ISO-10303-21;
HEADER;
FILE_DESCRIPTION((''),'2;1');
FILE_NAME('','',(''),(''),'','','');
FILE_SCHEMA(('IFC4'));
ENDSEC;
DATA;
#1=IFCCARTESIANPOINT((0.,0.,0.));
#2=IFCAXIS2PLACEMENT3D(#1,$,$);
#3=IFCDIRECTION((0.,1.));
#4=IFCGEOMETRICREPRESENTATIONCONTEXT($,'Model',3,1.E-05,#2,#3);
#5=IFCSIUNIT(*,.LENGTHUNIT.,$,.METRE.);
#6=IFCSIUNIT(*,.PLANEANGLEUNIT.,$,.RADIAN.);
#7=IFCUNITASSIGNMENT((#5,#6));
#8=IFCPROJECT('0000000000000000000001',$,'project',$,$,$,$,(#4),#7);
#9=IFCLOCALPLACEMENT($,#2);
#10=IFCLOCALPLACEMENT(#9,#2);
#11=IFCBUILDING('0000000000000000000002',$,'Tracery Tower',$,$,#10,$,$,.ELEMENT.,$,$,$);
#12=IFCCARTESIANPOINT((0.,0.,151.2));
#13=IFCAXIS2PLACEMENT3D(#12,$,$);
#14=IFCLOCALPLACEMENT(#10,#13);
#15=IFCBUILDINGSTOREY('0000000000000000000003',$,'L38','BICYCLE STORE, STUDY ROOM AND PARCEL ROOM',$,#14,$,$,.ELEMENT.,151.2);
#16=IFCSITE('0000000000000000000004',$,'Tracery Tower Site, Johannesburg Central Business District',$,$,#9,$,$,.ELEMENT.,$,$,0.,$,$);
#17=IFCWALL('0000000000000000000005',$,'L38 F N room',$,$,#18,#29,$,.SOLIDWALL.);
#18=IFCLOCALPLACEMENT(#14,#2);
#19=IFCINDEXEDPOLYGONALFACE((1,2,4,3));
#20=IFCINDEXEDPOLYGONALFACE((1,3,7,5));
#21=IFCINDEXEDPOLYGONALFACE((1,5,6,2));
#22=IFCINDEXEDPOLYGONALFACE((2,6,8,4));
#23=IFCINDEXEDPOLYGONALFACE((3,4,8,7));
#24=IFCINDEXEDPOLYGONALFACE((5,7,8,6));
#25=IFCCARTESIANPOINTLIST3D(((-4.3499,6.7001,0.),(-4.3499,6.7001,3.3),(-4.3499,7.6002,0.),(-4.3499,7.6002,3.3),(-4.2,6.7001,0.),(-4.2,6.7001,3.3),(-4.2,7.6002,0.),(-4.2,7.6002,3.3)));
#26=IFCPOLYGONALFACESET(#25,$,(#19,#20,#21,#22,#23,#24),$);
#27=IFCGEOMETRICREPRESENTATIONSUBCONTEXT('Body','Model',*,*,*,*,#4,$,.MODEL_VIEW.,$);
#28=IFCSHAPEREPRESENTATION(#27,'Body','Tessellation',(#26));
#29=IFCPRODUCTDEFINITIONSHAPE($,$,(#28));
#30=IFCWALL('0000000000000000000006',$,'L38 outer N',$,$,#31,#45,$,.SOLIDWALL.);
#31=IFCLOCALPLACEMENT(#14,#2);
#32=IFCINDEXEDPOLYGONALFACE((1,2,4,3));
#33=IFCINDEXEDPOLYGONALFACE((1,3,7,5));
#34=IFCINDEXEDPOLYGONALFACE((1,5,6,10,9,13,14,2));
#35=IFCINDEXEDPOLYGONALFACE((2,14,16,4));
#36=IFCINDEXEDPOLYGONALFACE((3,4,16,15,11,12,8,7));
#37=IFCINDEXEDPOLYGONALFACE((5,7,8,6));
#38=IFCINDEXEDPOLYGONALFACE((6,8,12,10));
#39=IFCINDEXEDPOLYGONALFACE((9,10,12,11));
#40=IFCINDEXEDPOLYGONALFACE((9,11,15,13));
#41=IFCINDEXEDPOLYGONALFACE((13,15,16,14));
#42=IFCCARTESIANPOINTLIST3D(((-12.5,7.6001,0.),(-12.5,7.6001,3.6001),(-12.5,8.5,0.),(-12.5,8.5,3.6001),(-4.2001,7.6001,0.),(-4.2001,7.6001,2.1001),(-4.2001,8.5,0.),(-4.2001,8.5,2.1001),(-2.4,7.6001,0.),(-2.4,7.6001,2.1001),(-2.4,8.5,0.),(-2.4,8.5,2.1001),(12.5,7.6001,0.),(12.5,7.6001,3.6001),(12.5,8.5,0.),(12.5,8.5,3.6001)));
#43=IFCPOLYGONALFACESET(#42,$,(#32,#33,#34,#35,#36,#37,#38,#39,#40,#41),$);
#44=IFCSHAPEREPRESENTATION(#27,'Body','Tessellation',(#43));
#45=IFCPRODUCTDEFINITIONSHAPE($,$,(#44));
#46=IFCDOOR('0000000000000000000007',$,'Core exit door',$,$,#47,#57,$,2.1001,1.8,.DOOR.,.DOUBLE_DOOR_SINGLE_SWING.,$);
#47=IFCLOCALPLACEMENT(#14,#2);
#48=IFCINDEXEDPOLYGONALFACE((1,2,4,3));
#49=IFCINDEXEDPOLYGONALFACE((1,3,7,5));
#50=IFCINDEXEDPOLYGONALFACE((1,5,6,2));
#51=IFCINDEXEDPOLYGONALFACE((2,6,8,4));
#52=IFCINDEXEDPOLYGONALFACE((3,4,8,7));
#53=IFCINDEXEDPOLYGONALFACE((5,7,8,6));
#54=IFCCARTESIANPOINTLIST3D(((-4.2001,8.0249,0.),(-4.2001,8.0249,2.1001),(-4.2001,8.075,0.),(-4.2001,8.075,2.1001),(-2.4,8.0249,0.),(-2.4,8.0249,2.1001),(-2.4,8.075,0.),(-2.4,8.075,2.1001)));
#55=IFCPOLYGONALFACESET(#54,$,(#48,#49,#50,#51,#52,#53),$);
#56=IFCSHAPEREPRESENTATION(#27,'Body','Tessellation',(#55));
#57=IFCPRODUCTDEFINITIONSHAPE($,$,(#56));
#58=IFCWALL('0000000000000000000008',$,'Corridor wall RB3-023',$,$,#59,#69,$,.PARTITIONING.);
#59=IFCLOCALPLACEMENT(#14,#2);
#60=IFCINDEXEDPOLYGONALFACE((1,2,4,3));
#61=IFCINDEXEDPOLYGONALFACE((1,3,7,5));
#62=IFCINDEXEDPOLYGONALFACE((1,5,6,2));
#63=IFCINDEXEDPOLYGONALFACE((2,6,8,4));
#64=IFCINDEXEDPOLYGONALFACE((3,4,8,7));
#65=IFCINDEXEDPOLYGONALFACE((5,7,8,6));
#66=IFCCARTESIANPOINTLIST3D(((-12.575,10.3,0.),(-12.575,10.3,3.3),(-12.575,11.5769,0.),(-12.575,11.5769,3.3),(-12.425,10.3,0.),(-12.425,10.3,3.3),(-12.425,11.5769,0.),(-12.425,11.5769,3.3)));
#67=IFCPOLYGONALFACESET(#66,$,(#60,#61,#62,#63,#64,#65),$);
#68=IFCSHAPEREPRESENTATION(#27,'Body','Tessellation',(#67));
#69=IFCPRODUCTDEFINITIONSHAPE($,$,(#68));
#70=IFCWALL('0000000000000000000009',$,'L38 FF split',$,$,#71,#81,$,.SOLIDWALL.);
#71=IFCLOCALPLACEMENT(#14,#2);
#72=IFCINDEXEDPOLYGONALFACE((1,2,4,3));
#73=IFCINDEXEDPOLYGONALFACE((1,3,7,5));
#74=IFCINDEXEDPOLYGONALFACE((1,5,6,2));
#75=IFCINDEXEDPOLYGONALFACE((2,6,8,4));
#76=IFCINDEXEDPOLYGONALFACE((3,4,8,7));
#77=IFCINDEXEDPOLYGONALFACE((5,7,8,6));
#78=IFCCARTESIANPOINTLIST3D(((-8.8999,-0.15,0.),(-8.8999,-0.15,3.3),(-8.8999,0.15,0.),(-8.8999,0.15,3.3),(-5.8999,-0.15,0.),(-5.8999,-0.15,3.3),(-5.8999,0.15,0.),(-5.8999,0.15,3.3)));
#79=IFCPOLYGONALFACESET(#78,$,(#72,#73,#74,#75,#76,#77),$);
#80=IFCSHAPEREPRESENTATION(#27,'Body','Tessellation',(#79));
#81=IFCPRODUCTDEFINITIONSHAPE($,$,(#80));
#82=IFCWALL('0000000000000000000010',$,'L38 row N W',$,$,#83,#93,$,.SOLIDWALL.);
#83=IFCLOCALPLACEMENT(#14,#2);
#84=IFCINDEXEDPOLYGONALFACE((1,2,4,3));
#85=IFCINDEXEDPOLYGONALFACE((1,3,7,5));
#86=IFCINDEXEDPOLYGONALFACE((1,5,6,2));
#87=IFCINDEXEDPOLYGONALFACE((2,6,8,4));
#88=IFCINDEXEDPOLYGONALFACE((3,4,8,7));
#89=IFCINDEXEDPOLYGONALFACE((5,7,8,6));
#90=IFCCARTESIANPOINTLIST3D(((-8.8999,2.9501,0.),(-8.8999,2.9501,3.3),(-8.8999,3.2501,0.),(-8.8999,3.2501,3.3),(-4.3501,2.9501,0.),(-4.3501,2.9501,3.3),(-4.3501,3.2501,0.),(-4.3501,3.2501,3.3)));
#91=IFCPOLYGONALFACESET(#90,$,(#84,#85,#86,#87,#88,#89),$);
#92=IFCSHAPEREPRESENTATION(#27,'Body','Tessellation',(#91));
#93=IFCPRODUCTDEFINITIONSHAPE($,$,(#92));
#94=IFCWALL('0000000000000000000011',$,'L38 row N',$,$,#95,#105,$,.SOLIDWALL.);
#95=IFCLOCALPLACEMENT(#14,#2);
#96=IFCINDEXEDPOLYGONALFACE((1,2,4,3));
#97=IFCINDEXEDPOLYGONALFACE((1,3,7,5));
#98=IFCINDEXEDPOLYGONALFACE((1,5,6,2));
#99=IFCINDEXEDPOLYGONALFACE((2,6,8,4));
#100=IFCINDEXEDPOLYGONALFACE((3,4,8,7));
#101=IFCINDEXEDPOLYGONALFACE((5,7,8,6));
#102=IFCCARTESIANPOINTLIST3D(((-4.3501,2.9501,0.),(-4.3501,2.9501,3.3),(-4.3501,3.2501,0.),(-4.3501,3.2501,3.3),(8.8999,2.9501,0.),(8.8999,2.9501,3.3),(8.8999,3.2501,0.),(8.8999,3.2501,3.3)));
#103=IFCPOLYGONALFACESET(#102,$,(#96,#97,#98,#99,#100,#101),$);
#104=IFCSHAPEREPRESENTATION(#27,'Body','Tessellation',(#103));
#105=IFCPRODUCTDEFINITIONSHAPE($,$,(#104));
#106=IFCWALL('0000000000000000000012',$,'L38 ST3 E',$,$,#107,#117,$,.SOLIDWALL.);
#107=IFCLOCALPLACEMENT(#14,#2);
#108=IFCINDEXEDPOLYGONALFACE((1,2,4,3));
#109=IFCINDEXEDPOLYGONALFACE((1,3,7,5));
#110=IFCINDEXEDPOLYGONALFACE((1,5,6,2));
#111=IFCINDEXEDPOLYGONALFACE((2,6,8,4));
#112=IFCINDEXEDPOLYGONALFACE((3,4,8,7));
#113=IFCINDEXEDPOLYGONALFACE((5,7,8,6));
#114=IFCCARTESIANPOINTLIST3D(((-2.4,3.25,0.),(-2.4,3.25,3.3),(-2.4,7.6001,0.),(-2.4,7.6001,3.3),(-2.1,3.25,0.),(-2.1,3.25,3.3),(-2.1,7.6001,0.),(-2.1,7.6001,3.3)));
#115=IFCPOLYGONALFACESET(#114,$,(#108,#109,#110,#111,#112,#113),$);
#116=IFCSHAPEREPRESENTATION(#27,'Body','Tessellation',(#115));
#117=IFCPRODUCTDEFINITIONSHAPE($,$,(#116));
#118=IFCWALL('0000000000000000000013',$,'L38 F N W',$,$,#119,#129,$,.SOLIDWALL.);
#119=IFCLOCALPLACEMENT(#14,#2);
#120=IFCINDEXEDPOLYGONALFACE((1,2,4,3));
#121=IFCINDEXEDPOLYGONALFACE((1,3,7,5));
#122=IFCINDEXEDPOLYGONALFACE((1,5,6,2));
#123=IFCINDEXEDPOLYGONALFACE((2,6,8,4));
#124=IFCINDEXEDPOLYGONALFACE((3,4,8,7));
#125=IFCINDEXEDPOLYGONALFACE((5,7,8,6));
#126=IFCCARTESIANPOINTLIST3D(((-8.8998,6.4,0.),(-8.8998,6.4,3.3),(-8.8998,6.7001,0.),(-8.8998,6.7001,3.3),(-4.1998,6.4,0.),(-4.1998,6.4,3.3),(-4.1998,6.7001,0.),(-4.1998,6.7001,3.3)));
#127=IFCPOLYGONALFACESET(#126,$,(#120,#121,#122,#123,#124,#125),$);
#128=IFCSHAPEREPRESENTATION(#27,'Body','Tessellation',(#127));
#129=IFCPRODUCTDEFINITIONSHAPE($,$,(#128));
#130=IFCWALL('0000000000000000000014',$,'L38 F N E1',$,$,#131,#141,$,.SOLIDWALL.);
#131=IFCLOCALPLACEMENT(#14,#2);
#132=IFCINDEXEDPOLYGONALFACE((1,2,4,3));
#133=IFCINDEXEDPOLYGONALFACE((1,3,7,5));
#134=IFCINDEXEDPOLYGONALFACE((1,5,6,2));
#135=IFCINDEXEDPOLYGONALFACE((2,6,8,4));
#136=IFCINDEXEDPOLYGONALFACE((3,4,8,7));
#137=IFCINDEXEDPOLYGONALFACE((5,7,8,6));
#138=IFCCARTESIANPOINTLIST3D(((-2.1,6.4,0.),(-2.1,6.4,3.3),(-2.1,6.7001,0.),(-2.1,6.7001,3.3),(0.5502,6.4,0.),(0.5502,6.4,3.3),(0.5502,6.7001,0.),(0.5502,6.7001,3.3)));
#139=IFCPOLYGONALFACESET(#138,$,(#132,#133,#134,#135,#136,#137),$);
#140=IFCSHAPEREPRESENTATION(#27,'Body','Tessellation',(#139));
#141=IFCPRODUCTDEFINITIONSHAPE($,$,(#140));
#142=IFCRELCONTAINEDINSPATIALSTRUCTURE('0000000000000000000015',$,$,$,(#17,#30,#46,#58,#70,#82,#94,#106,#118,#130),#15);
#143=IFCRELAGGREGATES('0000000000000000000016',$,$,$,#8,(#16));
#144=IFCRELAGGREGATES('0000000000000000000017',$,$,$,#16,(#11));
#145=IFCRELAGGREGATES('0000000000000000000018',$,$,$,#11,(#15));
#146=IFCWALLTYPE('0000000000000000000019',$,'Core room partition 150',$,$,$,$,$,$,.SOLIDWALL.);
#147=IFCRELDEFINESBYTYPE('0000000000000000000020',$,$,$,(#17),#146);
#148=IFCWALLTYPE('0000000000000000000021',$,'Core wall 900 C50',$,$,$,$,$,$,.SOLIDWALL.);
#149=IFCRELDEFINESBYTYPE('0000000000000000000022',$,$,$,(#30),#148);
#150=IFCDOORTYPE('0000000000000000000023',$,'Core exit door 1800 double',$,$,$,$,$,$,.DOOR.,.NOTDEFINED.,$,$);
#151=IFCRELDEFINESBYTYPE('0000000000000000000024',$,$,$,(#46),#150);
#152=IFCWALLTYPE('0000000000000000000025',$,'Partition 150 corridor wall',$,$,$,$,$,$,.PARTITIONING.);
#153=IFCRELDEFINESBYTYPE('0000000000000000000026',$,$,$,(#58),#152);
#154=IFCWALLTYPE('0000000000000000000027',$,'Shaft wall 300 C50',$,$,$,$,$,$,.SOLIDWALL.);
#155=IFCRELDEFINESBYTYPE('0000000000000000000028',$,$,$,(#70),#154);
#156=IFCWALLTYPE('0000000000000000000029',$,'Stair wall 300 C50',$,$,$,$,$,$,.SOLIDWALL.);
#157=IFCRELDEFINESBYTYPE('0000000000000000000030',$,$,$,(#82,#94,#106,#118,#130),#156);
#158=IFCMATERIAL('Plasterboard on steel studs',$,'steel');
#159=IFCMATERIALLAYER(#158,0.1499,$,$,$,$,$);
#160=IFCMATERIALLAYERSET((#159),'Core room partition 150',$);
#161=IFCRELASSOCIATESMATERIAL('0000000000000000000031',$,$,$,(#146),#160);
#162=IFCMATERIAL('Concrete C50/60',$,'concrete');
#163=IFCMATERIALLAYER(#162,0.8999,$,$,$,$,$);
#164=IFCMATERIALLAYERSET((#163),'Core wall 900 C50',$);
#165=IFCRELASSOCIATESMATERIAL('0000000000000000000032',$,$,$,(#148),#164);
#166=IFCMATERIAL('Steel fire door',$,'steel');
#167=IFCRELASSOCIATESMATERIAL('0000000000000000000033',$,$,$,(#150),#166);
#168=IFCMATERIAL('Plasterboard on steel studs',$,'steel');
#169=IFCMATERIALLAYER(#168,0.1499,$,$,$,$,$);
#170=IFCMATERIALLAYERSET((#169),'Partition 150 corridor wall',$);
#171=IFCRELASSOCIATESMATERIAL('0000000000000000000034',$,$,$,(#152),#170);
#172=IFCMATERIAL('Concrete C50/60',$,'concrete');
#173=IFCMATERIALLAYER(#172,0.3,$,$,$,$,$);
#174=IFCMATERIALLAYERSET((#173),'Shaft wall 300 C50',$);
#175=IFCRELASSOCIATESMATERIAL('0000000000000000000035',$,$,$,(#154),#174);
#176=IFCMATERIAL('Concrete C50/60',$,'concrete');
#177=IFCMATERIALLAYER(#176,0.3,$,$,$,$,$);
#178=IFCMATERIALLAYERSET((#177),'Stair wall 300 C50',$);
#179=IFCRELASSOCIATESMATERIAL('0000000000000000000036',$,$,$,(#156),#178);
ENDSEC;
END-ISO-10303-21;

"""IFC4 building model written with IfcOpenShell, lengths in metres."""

from ifc_helpers import new_model, si_unit, direction, frame, frame_2d, origin, place, context, subcontext, project, spatial, rectangle, extrude, material, layer, layer_set, type_object, element, fill, save


model = new_model("IFC4")

# Units and contexts
model_context = context("Model", 3, precision=1e-05, world=origin(), true_north=direction((0.0, 1.0)))
body_context = subcontext(model_context, "Body", "Model", "MODEL_VIEW")
ifc_project = project(units=[si_unit("LENGTHUNIT", "METRE"), si_unit("PLANEANGLEUNIT", "RADIAN")], contexts=[model_context])

# Site, building, storey
site_placement = place(None, origin())
site = spatial("IfcSite", under=ifc_project, at=site_placement, Name="Tracery Tower Site, Johannesburg Central Business District", CompositionType="ELEMENT", RefElevation=0.0)
building_placement = place(site_placement, origin())
building = spatial("IfcBuilding", under=site, at=building_placement, Name="Tracery Tower", CompositionType="ELEMENT")
storey_placement = place(building_placement, frame((0.0, 0.0, 151.2)))
storey = spatial("IfcBuildingStorey", under=building, at=storey_placement, Name="L38", Description="BICYCLE STORE, STUDY ROOM AND PARCEL ROOM", CompositionType="ELEMENT", Elevation=151.2)

# Wall
ifc_material_1 = material(Name="Plasterboard on steel studs", Category="steel")
ifc_layer_1 = layer(ifc_material_1, 0.1499)
ifc_layer_set_1 = layer_set([ifc_layer_1], Name="Core room partition 150")
wall_type_1 = type_object("IfcWallType", Name="Core room partition 150", PredefinedType="SOLIDWALL", material=ifc_layer_set_1)
wall_1_placement = place(storey_placement, frame((-4.2749, 6.7, 0.0), z_axis=(0.0, 0.0, 1.0), x_axis=(0.0, 1.0, 0.0)))
element("IfcWall", 1, at=wall_1_placement, inside=storey, type_object=wall_type_1, Name="L38 F N room", PredefinedType="SOLIDWALL", context=body_context, shape_type="SweptSolid", body=[
    extrude(rectangle(XDim=0.9001, YDim=0.1499, at=frame_2d((0.4502, 0.0))), origin(), (0.0, 0.0, 1.0), 3.3),
])

# Wall, opening, door
ifc_material_2 = material(Name="Concrete C50/60", Category="concrete")
ifc_layer_2 = layer(ifc_material_2, 0.8999)
ifc_layer_set_2 = layer_set([ifc_layer_2], Name="Core wall 900 C50")
wall_type_2 = type_object("IfcWallType", Name="Core wall 900 C50", PredefinedType="SOLIDWALL", material=ifc_layer_set_2)
wall_2_placement = place(storey_placement, frame((-12.5, 8.05, 0.0), z_axis=(0.0, 0.0, 1.0), x_axis=(1.0, 0.0, 0.0)))
wall_2 = element("IfcWall", 2, at=wall_2_placement, inside=storey, type_object=wall_type_2, Name="L38 outer N", PredefinedType="SOLIDWALL", context=body_context, shape_type="SweptSolid", body=[
    extrude(rectangle(XDim=25.0, YDim=0.8999, at=frame_2d((12.5, 0.0))), origin(), (0.0, 0.0, 1.0), 3.6001),
])
opening_1_placement = place(wall_2_placement, frame((8.3, 0.0, 0.0)))
opening_1 = element("IfcOpeningElement", 3, at=opening_1_placement, cuts=wall_2, PredefinedType="OPENING", context=body_context, shape_type="SweptSolid", body=[
    extrude(rectangle(XDim=1.8, YDim=2.1001, at=frame_2d((0.8999, 1.05))), frame((0.0, 0.45, 0.0), z_axis=(0.0, -1.0, 0.0), x_axis=(1.0, 0.0, 0.0)), (0.0, 0.0, 1.0), 0.8999),
])
ifc_material_3 = material(Name="Steel fire door", Category="steel")
door_type_1 = type_object("IfcDoorType", Name="Core exit door 1800 double", OperationType="NOTDEFINED", PredefinedType="DOOR", material=ifc_material_3)
door_1_placement = place(opening_1_placement, origin())
door_1 = element("IfcDoor", 4, at=door_1_placement, inside=storey, type_object=door_type_1, Name="Core exit door", OperationType="DOUBLE_DOOR_SINGLE_SWING", OverallHeight=2.1001, OverallWidth=1.8, PredefinedType="DOOR", context=body_context, shape_type="SweptSolid", body=[
    extrude(rectangle(XDim=1.8, YDim=2.1001, at=frame_2d((0.8999, 1.05))), frame((0.0, 0.0249, 0.0), z_axis=(0.0, -1.0, 0.0), x_axis=(1.0, 0.0, 0.0)), (0.0, 0.0, 1.0), 0.05),
])
fill(opening_1, door_1)

# Walls
ifc_material_4 = material(Name="Plasterboard on steel studs", Category="steel")
ifc_layer_3 = layer(ifc_material_4, 0.1499)
ifc_layer_set_3 = layer_set([ifc_layer_3], Name="Partition 150 corridor wall")
wall_type_3 = type_object("IfcWallType", Name="Partition 150 corridor wall", PredefinedType="PARTITIONING", material=ifc_layer_set_3)
wall_3_placement = place(storey_placement, frame((-12.5, 10.3, 0.0), z_axis=(0.0, 0.0, 1.0), x_axis=(0.0, 1.0, 0.0)))
element("IfcWall", 5, at=wall_3_placement, inside=storey, type_object=wall_type_3, Name="Corridor wall RB3-023", PredefinedType="PARTITIONING", context=body_context, shape_type="SweptSolid", body=[
    extrude(rectangle(XDim=1.2769, YDim=0.1499, at=frame_2d((0.6384, 0.0))), origin(), (0.0, 0.0, 1.0), 3.3),
])
ifc_material_5 = material(Name="Concrete C50/60", Category="concrete")
ifc_layer_4 = layer(ifc_material_5, 0.3)
ifc_layer_set_4 = layer_set([ifc_layer_4], Name="Shaft wall 300 C50")
wall_type_4 = type_object("IfcWallType", Name="Shaft wall 300 C50", PredefinedType="SOLIDWALL", material=ifc_layer_set_4)
wall_4_placement = place(storey_placement, frame((-8.8999, 0.0, 0.0), z_axis=(0.0, 0.0, 1.0), x_axis=(1.0, 0.0, 0.0)))
element("IfcWall", 6, at=wall_4_placement, inside=storey, type_object=wall_type_4, Name="L38 FF split", PredefinedType="SOLIDWALL", context=body_context, shape_type="SweptSolid", body=[
    extrude(rectangle(XDim=3.0, YDim=0.3, at=frame_2d((1.5, 0.0))), origin(), (0.0, 0.0, 1.0), 3.3),
])

# Walls
ifc_material_6 = material(Name="Concrete C50/60", Category="concrete")
ifc_layer_5 = layer(ifc_material_6, 0.3)
ifc_layer_set_5 = layer_set([ifc_layer_5], Name="Stair wall 300 C50")
wall_type_5 = type_object("IfcWallType", Name="Stair wall 300 C50", PredefinedType="SOLIDWALL", material=ifc_layer_set_5)
wall_5_placement = place(storey_placement, frame((-8.8999, 3.1001, 0.0), z_axis=(0.0, 0.0, 1.0), x_axis=(1.0, 0.0, 0.0)))
element("IfcWall", 7, at=wall_5_placement, inside=storey, type_object=wall_type_5, Name="L38 row N W", PredefinedType="SOLIDWALL", context=body_context, shape_type="SweptSolid", body=[
    extrude(rectangle(XDim=4.5498, YDim=0.3, at=frame_2d((2.2749, 0.0))), origin(), (0.0, 0.0, 1.0), 3.3),
])
wall_6_placement = place(storey_placement, frame((-4.3501, 3.1001, 0.0), z_axis=(0.0, 0.0, 1.0), x_axis=(1.0, 0.0, 0.0)))
element("IfcWall", 8, at=wall_6_placement, inside=storey, type_object=wall_type_5, Name="L38 row N", PredefinedType="SOLIDWALL", context=body_context, shape_type="SweptSolid", body=[
    extrude(rectangle(XDim=13.25, YDim=0.3, at=frame_2d((6.625, 0.0))), origin(), (0.0, 0.0, 1.0), 3.3),
])
wall_7_placement = place(storey_placement, frame((-2.25, 3.25, 0.0), z_axis=(0.0, 0.0, 1.0), x_axis=(0.0, 1.0, 0.0)))
element("IfcWall", 9, at=wall_7_placement, inside=storey, type_object=wall_type_5, Name="L38 ST3 E", PredefinedType="SOLIDWALL", context=body_context, shape_type="SweptSolid", body=[
    extrude(rectangle(XDim=4.3501, YDim=0.3, at=frame_2d((2.175, 0.0))), origin(), (0.0, 0.0, 1.0), 3.3),
])
wall_8_placement = place(storey_placement, frame((-8.8999, 6.55, 0.0), z_axis=(0.0, 0.0, 1.0), x_axis=(1.0, 0.0, 0.0)))
element("IfcWall", 10, at=wall_8_placement, inside=storey, type_object=wall_type_5, Name="L38 F N W", PredefinedType="SOLIDWALL", context=body_context, shape_type="SweptSolid", body=[
    extrude(rectangle(XDim=4.7, YDim=0.3, at=frame_2d((2.3501, 0.0))), origin(), (0.0, 0.0, 1.0), 3.3),
])

# Wall
wall_9_placement = place(storey_placement, frame((-2.1001, 6.55, 0.0), z_axis=(0.0, 0.0, 1.0), x_axis=(1.0, 0.0, 0.0)))
element("IfcWall", 11, at=wall_9_placement, inside=storey, type_object=wall_type_5, Name="L38 F N E1", PredefinedType="SOLIDWALL", context=body_context, shape_type="SweptSolid", body=[
    extrude(rectangle(XDim=2.6501, YDim=0.3, at=frame_2d((1.3252, 0.0))), origin(), (0.0, 0.0, 1.0), 3.3),
])

save(model, "model.ifc")
